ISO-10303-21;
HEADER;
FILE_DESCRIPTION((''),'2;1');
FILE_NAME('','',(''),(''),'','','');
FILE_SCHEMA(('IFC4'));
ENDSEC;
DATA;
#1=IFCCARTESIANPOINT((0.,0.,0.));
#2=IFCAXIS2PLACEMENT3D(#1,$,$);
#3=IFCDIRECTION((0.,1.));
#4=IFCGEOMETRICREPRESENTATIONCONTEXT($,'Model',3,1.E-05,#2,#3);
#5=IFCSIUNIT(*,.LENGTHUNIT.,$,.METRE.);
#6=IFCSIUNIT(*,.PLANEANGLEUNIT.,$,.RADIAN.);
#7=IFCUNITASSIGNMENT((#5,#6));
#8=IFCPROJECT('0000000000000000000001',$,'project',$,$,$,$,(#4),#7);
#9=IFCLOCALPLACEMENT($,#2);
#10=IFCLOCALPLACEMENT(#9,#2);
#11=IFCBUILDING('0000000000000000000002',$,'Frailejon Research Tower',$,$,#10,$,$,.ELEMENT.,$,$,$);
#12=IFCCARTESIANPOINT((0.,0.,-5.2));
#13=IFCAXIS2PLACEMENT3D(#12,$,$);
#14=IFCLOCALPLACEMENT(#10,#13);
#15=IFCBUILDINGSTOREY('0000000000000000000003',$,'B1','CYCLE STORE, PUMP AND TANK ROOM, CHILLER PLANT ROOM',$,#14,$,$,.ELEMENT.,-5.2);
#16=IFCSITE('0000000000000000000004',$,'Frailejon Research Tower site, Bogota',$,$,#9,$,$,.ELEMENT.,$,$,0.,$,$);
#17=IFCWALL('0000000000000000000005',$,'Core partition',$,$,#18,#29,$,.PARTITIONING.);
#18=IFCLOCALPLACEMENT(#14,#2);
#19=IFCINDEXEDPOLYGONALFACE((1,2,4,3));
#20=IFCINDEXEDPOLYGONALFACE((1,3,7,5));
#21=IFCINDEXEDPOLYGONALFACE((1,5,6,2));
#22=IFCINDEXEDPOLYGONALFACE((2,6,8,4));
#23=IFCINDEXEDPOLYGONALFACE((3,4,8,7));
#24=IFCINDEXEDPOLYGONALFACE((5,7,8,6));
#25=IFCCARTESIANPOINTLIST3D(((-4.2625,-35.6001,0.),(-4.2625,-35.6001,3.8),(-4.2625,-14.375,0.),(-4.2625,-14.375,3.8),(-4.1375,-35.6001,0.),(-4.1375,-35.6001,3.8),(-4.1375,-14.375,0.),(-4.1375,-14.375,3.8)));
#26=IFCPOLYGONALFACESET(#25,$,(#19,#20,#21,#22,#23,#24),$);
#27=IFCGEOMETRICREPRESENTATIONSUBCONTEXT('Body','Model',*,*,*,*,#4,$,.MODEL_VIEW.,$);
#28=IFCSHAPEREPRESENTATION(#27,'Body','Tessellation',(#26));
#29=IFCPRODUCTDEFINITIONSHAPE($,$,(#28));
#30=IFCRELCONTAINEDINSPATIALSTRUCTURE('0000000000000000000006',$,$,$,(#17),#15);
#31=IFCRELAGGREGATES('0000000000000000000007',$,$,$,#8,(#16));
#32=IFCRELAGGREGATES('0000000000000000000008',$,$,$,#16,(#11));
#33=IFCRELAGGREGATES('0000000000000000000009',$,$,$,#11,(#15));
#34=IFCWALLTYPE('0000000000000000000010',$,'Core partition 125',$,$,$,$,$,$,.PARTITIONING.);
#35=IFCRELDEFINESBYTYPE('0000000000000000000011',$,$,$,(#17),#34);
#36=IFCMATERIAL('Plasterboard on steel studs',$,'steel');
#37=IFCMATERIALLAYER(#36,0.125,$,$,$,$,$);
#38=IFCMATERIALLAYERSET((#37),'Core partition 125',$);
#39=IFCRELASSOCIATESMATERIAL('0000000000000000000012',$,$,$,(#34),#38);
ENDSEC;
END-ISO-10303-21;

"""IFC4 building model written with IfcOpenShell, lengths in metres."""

from ifc_helpers import new_model, si_unit, direction, frame, frame_2d, origin, place, context, subcontext, project, spatial, rectangle, extrude, material, layer, layer_set, type_object, element, save


model = new_model("IFC4")

# Units and contexts
model_context = context("Model", 3, precision=1e-05, world=origin(), true_north=direction((0.0, 1.0)))
body_context = subcontext(model_context, "Body", "Model", "MODEL_VIEW")
ifc_project = project(units=[si_unit("LENGTHUNIT", "METRE"), si_unit("PLANEANGLEUNIT", "RADIAN")], contexts=[model_context])

# Site, building, storey
site_placement = place(None, origin())
site = spatial("IfcSite", under=ifc_project, at=site_placement, Name="Frailejon Research Tower site, Bogota", CompositionType="ELEMENT", RefElevation=0.0)
building_placement = place(site_placement, origin())
building = spatial("IfcBuilding", under=site, at=building_placement, Name="Frailejon Research Tower", CompositionType="ELEMENT")
storey_placement = place(building_placement, frame((0.0, 0.0, -5.2)))
storey = spatial("IfcBuildingStorey", under=building, at=storey_placement, Name="B1", Description="CYCLE STORE, PUMP AND TANK ROOM, CHILLER PLANT ROOM", CompositionType="ELEMENT", Elevation=-5.2)

# Wall
ifc_material_1 = material(Name="Plasterboard on steel studs", Category="steel")
ifc_layer = layer(ifc_material_1, 0.125)
ifc_layer_set = layer_set([ifc_layer], Name="Core partition 125")
wall_type = type_object("IfcWallType", Name="Core partition 125", PredefinedType="PARTITIONING", material=ifc_layer_set)
wall_placement = place(storey_placement, frame((-4.2, -35.6001, 0.0), z_axis=(0.0, 0.0, 1.0), x_axis=(0.0, 1.0, 0.0)))
element("IfcWall", 1, at=wall_placement, inside=storey, type_object=wall_type, Name="Core partition", PredefinedType="PARTITIONING", context=body_context, shape_type="SweptSolid", body=[
    extrude(rectangle(XDim=21.2251, YDim=0.125, at=frame_2d((10.6125, 0.0))), origin(), (0.0, 0.0, 1.0), 3.8),
])

save(model, "model.ifc")
